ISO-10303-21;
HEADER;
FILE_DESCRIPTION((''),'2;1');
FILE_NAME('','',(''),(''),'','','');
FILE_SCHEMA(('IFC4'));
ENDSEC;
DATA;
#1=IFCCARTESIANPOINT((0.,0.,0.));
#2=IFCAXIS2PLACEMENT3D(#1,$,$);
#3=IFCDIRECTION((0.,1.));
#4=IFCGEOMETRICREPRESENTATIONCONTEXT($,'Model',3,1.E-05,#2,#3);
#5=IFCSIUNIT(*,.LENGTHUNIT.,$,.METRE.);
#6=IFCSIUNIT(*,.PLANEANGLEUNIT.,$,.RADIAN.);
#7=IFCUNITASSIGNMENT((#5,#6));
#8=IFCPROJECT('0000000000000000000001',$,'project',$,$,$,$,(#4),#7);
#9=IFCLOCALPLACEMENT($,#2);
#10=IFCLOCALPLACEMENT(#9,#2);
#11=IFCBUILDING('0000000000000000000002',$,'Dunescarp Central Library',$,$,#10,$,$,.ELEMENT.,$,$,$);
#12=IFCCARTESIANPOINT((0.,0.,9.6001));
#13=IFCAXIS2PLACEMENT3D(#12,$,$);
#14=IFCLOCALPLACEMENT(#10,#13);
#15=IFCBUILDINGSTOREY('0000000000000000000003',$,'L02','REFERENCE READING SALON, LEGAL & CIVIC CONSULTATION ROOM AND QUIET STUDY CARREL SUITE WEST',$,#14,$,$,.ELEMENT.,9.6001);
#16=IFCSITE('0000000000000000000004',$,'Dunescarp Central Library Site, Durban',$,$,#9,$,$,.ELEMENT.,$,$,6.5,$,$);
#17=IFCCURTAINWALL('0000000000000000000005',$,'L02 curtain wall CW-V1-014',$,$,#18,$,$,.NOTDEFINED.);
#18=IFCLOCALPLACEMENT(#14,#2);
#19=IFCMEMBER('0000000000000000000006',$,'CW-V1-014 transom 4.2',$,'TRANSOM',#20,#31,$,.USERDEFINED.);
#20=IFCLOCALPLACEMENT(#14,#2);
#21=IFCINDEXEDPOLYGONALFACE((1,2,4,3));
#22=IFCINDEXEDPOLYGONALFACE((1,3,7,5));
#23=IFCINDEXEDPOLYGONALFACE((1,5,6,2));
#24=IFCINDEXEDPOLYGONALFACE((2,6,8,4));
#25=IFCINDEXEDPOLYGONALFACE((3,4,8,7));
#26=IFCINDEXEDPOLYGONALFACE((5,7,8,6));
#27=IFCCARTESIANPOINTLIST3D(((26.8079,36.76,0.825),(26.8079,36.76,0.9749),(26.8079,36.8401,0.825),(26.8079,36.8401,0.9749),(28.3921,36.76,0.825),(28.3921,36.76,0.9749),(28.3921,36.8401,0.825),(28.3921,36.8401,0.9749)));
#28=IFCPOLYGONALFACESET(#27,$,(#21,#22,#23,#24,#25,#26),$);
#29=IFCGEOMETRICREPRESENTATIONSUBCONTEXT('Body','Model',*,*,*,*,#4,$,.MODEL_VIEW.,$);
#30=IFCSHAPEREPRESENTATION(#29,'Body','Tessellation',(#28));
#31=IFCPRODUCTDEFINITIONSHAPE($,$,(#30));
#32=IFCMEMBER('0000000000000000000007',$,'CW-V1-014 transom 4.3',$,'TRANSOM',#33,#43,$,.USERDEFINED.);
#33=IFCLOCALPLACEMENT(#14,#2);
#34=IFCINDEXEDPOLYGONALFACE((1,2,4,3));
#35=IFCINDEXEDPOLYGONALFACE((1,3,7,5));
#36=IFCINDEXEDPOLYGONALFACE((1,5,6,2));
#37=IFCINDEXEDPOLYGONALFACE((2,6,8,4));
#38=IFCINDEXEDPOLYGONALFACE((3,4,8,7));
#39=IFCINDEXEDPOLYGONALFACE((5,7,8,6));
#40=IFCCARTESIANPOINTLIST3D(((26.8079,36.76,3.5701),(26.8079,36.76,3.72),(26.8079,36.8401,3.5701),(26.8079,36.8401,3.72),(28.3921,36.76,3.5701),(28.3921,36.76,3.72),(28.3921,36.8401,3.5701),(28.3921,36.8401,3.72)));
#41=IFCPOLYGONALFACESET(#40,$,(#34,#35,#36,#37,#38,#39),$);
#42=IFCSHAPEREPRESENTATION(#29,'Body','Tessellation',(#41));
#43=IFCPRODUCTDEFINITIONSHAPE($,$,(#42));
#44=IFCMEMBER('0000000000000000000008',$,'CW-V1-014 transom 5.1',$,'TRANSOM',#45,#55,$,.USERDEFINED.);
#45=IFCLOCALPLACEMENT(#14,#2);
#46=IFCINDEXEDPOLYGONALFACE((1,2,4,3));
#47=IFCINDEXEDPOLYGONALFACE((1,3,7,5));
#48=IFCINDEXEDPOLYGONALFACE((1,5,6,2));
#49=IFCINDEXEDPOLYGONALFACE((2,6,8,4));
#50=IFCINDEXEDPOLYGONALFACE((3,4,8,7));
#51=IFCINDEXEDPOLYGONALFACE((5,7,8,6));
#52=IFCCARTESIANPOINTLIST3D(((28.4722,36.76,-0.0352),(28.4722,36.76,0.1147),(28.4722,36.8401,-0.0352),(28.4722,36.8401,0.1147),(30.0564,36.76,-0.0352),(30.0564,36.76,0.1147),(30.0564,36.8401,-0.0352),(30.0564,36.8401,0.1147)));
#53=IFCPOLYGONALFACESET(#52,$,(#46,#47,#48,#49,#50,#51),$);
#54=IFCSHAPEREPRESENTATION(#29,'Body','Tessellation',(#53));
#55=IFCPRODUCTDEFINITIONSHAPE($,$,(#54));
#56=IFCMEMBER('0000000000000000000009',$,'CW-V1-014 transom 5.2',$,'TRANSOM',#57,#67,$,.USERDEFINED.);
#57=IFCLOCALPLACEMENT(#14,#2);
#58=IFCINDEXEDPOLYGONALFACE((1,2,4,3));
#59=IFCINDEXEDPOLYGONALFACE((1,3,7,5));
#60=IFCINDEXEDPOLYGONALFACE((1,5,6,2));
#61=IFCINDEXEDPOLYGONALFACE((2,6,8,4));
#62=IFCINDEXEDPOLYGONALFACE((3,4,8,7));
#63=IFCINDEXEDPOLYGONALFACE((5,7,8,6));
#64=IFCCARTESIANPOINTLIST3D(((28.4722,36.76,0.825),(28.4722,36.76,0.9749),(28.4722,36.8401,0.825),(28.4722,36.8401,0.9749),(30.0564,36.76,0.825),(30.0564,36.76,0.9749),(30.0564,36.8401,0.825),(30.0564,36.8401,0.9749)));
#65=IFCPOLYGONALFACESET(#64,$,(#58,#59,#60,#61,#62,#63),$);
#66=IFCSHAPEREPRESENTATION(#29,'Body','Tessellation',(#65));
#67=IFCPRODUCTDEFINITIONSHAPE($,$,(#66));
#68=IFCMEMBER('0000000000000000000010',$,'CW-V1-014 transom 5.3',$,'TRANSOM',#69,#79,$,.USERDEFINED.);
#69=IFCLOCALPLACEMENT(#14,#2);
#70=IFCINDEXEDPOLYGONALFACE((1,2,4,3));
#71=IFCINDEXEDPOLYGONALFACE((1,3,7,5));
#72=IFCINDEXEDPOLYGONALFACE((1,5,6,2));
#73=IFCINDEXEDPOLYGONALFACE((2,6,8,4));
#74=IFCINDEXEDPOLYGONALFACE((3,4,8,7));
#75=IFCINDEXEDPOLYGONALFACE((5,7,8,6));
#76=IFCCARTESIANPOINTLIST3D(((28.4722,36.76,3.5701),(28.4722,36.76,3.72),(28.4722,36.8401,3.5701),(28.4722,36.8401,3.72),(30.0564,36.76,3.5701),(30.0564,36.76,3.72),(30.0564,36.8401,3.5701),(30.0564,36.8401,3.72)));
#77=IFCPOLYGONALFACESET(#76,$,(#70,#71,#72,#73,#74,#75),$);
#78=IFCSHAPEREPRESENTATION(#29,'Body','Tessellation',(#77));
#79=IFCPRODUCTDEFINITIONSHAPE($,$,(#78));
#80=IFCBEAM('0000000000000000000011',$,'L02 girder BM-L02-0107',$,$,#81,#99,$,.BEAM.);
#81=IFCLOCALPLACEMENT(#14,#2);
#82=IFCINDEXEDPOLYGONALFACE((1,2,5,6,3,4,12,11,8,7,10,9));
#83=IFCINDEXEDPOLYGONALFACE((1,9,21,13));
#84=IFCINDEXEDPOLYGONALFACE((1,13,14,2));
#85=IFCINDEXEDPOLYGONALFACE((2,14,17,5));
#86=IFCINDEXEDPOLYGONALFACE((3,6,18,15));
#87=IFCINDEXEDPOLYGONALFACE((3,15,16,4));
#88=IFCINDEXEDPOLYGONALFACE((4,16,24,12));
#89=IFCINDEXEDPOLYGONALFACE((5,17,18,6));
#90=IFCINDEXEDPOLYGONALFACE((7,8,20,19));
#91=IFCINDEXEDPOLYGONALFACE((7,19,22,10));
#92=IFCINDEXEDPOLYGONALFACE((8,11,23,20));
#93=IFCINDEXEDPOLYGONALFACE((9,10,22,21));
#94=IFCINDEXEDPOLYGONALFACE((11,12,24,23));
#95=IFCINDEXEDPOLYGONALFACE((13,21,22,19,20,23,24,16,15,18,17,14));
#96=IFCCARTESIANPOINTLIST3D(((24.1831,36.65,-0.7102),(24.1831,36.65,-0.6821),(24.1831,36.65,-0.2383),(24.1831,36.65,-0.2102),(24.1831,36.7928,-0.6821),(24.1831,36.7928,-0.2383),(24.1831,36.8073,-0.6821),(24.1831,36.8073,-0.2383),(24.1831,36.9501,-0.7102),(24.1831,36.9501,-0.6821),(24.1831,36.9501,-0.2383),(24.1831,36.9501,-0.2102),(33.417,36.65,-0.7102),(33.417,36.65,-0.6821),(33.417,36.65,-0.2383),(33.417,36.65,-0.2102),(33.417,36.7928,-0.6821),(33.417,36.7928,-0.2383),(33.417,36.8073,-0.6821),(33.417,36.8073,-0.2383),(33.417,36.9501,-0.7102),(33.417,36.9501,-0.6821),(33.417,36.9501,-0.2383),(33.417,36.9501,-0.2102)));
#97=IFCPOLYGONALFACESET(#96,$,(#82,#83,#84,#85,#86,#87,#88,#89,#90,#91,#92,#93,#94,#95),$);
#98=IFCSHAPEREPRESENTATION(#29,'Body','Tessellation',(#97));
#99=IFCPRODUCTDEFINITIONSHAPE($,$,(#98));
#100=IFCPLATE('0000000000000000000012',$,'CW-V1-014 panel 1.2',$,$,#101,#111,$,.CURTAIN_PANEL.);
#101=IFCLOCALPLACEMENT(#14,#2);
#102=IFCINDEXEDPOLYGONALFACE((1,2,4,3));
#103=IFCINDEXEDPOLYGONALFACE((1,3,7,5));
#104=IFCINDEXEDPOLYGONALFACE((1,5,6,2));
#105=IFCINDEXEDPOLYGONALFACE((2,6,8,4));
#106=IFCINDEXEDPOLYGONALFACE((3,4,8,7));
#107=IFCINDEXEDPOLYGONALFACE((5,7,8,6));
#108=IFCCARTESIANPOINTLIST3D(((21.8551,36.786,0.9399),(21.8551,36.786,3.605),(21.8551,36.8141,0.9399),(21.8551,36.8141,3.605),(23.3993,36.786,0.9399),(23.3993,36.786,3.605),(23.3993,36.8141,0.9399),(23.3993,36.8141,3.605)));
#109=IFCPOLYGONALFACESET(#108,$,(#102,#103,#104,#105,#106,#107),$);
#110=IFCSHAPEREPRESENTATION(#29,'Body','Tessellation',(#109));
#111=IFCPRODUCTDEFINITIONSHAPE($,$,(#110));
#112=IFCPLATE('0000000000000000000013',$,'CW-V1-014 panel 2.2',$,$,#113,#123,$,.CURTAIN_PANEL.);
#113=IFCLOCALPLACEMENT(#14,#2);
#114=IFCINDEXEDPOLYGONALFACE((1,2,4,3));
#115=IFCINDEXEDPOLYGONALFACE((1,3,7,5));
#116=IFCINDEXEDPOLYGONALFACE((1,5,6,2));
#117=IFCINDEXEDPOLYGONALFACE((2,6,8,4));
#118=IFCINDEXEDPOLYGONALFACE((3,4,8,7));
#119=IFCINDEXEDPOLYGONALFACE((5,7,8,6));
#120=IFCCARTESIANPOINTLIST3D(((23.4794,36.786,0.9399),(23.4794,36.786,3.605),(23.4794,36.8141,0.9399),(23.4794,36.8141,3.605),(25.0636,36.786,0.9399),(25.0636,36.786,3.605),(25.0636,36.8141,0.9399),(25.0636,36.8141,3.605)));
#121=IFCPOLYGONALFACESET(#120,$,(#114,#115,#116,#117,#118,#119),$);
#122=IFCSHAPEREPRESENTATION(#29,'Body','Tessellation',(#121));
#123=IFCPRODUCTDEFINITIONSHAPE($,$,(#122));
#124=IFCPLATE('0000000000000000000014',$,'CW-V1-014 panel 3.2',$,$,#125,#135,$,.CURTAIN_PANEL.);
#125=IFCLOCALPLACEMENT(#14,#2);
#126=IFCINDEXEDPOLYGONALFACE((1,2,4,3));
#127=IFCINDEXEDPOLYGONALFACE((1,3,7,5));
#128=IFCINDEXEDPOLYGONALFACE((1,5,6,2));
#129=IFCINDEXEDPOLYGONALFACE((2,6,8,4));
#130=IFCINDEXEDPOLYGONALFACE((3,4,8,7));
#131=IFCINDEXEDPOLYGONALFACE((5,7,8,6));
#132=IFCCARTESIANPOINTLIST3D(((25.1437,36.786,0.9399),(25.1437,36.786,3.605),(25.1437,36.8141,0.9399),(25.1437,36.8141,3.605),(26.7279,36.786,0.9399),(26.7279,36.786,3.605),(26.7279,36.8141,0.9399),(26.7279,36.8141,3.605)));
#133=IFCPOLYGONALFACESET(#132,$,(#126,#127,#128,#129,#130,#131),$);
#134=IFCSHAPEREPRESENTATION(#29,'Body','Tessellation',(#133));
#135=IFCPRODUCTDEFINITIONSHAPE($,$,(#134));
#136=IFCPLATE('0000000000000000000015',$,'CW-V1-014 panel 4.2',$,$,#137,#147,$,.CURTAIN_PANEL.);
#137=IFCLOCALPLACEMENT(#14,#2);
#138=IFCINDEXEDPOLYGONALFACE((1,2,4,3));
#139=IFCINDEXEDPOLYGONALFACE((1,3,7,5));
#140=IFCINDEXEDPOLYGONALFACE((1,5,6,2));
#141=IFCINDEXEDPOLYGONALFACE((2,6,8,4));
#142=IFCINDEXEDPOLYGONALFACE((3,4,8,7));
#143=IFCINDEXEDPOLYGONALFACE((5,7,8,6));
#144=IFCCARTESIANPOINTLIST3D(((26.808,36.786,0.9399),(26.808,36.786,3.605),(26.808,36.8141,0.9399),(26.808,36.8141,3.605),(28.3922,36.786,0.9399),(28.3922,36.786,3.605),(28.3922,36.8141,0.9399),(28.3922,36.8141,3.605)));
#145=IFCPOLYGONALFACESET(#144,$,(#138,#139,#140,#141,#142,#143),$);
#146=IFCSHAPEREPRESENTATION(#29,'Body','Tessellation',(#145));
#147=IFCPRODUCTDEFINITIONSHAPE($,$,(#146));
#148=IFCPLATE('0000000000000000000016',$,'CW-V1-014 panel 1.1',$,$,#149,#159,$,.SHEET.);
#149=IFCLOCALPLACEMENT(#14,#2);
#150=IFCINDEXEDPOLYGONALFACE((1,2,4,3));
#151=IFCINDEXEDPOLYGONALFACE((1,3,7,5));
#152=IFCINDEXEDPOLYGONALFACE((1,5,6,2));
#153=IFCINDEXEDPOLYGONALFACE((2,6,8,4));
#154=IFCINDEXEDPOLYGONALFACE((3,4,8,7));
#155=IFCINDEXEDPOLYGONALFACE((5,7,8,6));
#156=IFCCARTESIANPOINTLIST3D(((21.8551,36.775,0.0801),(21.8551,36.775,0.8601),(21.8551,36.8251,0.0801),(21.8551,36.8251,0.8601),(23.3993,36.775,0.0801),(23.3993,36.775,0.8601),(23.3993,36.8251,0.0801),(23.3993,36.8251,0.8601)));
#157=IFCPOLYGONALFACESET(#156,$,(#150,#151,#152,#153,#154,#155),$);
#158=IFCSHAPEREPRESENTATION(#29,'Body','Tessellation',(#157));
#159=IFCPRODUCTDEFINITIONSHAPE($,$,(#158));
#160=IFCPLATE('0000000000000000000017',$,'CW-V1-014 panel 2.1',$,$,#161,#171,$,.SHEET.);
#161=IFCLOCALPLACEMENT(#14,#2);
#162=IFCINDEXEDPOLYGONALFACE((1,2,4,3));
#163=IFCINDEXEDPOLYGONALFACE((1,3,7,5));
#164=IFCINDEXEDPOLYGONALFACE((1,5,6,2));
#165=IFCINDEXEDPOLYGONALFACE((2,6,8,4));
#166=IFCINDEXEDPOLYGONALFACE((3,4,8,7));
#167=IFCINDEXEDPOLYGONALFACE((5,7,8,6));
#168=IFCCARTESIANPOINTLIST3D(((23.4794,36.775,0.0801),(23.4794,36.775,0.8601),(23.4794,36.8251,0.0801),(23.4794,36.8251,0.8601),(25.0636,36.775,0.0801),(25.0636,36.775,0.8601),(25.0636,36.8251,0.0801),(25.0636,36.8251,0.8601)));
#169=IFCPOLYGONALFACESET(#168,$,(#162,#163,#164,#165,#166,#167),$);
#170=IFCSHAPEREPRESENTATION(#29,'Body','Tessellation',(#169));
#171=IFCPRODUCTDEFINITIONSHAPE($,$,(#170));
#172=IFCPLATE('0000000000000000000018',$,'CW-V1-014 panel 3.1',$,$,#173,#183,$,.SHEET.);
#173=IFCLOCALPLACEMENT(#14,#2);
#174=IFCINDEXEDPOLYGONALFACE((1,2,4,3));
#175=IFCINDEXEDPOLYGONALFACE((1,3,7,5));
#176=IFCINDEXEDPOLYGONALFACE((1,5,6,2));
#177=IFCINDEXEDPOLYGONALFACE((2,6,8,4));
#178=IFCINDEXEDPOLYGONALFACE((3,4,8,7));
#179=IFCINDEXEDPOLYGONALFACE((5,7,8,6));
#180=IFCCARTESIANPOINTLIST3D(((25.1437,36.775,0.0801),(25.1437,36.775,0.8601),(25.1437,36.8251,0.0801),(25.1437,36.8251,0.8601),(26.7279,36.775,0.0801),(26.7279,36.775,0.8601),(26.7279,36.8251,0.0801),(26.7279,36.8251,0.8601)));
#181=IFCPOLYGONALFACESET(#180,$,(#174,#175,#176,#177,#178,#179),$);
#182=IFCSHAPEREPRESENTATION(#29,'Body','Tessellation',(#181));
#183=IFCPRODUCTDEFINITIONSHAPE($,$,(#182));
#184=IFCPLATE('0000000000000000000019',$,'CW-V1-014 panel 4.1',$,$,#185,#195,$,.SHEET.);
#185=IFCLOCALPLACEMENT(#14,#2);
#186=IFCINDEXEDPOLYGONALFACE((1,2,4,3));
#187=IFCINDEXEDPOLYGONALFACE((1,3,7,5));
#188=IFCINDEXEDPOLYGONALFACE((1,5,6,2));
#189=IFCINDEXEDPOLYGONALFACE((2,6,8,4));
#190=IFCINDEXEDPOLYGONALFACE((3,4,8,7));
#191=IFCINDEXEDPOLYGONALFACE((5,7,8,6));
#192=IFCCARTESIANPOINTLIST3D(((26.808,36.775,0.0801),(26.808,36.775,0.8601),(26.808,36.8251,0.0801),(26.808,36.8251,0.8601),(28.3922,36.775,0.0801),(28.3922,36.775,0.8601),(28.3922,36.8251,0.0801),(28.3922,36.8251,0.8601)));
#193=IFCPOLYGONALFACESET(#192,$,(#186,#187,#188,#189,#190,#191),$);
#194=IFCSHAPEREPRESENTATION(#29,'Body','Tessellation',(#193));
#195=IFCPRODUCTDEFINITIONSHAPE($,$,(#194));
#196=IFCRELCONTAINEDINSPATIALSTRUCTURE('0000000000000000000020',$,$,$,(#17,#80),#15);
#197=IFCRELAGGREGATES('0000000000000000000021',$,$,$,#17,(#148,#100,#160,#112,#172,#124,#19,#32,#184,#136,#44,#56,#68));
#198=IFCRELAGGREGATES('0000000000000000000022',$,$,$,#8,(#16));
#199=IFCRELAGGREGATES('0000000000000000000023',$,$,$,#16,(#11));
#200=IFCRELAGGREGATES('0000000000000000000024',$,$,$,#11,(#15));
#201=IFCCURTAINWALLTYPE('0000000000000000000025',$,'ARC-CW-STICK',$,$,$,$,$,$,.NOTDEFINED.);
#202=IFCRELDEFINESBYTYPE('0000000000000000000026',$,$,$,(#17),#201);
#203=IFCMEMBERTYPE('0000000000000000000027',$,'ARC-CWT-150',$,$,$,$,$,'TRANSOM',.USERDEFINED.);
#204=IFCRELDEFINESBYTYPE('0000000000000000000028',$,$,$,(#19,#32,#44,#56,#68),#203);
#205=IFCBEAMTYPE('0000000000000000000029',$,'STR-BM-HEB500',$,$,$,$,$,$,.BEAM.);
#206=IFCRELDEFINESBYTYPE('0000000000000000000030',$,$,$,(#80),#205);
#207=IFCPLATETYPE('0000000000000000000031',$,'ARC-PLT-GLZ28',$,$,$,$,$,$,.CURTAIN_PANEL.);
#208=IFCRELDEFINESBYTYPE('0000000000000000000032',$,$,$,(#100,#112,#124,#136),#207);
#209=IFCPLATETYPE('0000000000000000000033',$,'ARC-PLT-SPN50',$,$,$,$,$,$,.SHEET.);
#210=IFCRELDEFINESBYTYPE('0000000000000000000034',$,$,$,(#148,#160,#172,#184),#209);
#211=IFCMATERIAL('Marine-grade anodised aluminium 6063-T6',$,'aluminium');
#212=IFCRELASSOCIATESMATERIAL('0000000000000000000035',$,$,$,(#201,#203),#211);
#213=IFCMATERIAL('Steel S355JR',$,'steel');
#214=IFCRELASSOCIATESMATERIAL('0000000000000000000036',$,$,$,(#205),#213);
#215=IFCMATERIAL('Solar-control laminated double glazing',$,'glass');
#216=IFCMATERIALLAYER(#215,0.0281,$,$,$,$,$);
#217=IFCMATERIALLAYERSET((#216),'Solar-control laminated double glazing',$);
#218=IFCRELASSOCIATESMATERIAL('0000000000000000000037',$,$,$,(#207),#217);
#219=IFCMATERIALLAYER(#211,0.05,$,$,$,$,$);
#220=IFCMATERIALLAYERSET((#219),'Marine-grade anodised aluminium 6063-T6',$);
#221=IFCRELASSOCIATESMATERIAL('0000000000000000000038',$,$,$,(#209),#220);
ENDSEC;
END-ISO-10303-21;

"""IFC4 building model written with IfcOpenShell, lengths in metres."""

from ifc_helpers import new_model, si_unit, direction, frame, origin, origin_2d, place, context, subcontext, project, spatial, rectangle, i_section, extrude, material, layer, layer_set, material_profile, profile_set, type_object, element, aggregate, save


model = new_model("IFC4")

# Units and contexts
model_context = context("Model", 3, precision=1e-05, world=origin(), true_north=direction((0.0, 1.0)))
body_context = subcontext(model_context, "Body", "Model", "MODEL_VIEW")
ifc_project = project(units=[si_unit("LENGTHUNIT", "METRE"), si_unit("PLANEANGLEUNIT", "RADIAN")], contexts=[model_context])

# Site, building, storey
site_placement = place(None, origin())
site = spatial("IfcSite", under=ifc_project, at=site_placement, Name="Dunescarp Central Library Site, Durban", CompositionType="ELEMENT", RefElevation=6.5)
building_placement = place(site_placement, origin())
building = spatial("IfcBuilding", under=site, at=building_placement, Name="Dunescarp Central Library", CompositionType="ELEMENT")
storey_placement = place(building_placement, frame((0.0, 0.0, 9.6001)))
storey = spatial("IfcBuildingStorey", under=building, at=storey_placement, Name="L02", Description="REFERENCE READING SALON, LEGAL & CIVIC CONSULTATION ROOM AND QUIET STUDY CARREL SUITE WEST", CompositionType="ELEMENT", Elevation=9.6001)

# Shared definitions
ifc_material_1 = material(Name="Steel S355JR", Category="steel")

# Curtain wall, members
ifc_material_2 = material(Name="Marine-grade anodised aluminium 6063-T6", Category="aluminium")
curtain_wall_type = type_object("IfcCurtainWallType", Name="ARC-CW-STICK", PredefinedType="NOTDEFINED", material=ifc_material_2)
curtain_wall_placement = place(storey_placement, origin())
curtain_wall = element("IfcCurtainWall", 1, at=curtain_wall_placement, inside=storey, type_object=curtain_wall_type, Name="L02 curtain wall CW-V1-014", PredefinedType="NOTDEFINED")
ifc_material_profile_1 = material_profile(ifc_material_2, rectangle(XDim=0.0801, YDim=0.1499, at=origin_2d()), Name="AL 80x150")
ifc_profile_set_1 = profile_set([ifc_material_profile_1], Name="Marine-grade anodised aluminium 6063-T6")
member_type_1 = type_object("IfcMemberType", Name="ARC-CWT-150", ElementType="TRANSOM", PredefinedType="USERDEFINED", material=ifc_profile_set_1)
member_1_placement = place(storey_placement, frame((26.8079, 36.8, 0.8999), z_axis=(1.0, 0.0, 0.0), x_axis=(0.0, 1.0, 0.0)))
member_1 = element("IfcMember", 2, at=member_1_placement, type_object=member_type_1, Name="CW-V1-014 transom 4.2", ObjectType="TRANSOM", PredefinedType="USERDEFINED", context=body_context, shape_type="SweptSolid", body=[
    extrude(rectangle(XDim=0.0801, YDim=0.1499, at=origin_2d()), origin(), (0.0, 0.0, 1.0), 1.5842),
])
member_2_placement = place(storey_placement, frame((26.8079, 36.8, 3.645), z_axis=(1.0, 0.0, 0.0), x_axis=(0.0, 1.0, 0.0)))
member_2 = element("IfcMember", 3, at=member_2_placement, type_object=member_type_1, Name="CW-V1-014 transom 4.3", ObjectType="TRANSOM", PredefinedType="USERDEFINED", context=body_context, shape_type="SweptSolid", body=[
    extrude(rectangle(XDim=0.0801, YDim=0.1499, at=origin_2d()), origin(), (0.0, 0.0, 1.0), 1.5842),
])
member_3_placement = place(storey_placement, frame((28.4722, 36.8, 0.0398), z_axis=(1.0, 0.0, 0.0), x_axis=(0.0, 1.0, 0.0)))
member_3 = element("IfcMember", 4, at=member_3_placement, type_object=member_type_1, Name="CW-V1-014 transom 5.1", ObjectType="TRANSOM", PredefinedType="USERDEFINED", context=body_context, shape_type="SweptSolid", body=[
    extrude(rectangle(XDim=0.0801, YDim=0.1499, at=origin_2d()), origin(), (0.0, 0.0, 1.0), 1.5842),
])
member_4_placement = place(storey_placement, frame((28.4722, 36.8, 0.8999), z_axis=(1.0, 0.0, 0.0), x_axis=(0.0, 1.0, 0.0)))
member_4 = element("IfcMember", 5, at=member_4_placement, type_object=member_type_1, Name="CW-V1-014 transom 5.2", ObjectType="TRANSOM", PredefinedType="USERDEFINED", context=body_context, shape_type="SweptSolid", body=[
    extrude(rectangle(XDim=0.0801, YDim=0.1499, at=origin_2d()), origin(), (0.0, 0.0, 1.0), 1.5842),
])
member_5_placement = place(storey_placement, frame((28.4722, 36.8, 3.645), z_axis=(1.0, 0.0, 0.0), x_axis=(0.0, 1.0, 0.0)))
member_5 = element("IfcMember", 6, at=member_5_placement, type_object=member_type_1, Name="CW-V1-014 transom 5.3", ObjectType="TRANSOM", PredefinedType="USERDEFINED", context=body_context, shape_type="SweptSolid", body=[
    extrude(rectangle(XDim=0.0801, YDim=0.1499, at=origin_2d()), origin(), (0.0, 0.0, 1.0), 1.5842),
])

# Beam
ifc_material_profile_2 = material_profile(ifc_material_1, i_section(OverallWidth=0.3, OverallDepth=0.5, WebThickness=0.0144, FlangeThickness=0.0281, at=origin_2d()), Name="HEB 500")
ifc_profile_set_2 = profile_set([ifc_material_profile_2], Name="Steel S355JR")
beam_type = type_object("IfcBeamType", Name="STR-BM-HEB500", PredefinedType="BEAM", material=ifc_profile_set_2)
beam_placement = place(storey_placement, frame((24.1831, 36.8, -0.4602), z_axis=(1.0, 0.0, 0.0), x_axis=(0.0, 1.0, 0.0)))
element("IfcBeam", 7, at=beam_placement, inside=storey, type_object=beam_type, Name="L02 girder BM-L02-0107", PredefinedType="BEAM", context=body_context, shape_type="SweptSolid", body=[
    extrude(i_section(OverallWidth=0.3, OverallDepth=0.5, WebThickness=0.0144, FlangeThickness=0.0281, at=origin_2d()), origin(), (0.0, 0.0, 1.0), 9.2339),
])

# Plates
ifc_material_3 = material(Name="Solar-control laminated double glazing", Category="glass")
ifc_layer_1 = layer(ifc_material_3, 0.0281)
ifc_layer_set_1 = layer_set([ifc_layer_1], Name="Solar-control laminated double glazing")
plate_type_1 = type_object("IfcPlateType", Name="ARC-PLT-GLZ28", PredefinedType="CURTAIN_PANEL", material=ifc_layer_set_1)
plate_1_placement = place(storey_placement, frame((22.6272, 36.8, 0.9399), z_axis=(0.0, 0.0, 1.0), x_axis=(1.0, 0.0, 0.0)))
plate_1 = element("IfcPlate", 8, at=plate_1_placement, type_object=plate_type_1, Name="CW-V1-014 panel 1.2", PredefinedType="CURTAIN_PANEL", context=body_context, shape_type="SweptSolid", body=[
    extrude(rectangle(XDim=1.5442, YDim=0.0281, at=origin_2d()), origin(), (0.0, 0.0, 1.0), 2.665),
])
plate_2_placement = place(storey_placement, frame((24.2715, 36.8, 0.9399), z_axis=(0.0, 0.0, 1.0), x_axis=(1.0, 0.0, 0.0)))
plate_2 = element("IfcPlate", 9, at=plate_2_placement, type_object=plate_type_1, Name="CW-V1-014 panel 2.2", PredefinedType="CURTAIN_PANEL", context=body_context, shape_type="SweptSolid", body=[
    extrude(rectangle(XDim=1.5842, YDim=0.0281, at=origin_2d()), origin(), (0.0, 0.0, 1.0), 2.665),
])
plate_3_placement = place(storey_placement, frame((25.9358, 36.8, 0.9399), z_axis=(0.0, 0.0, 1.0), x_axis=(1.0, 0.0, 0.0)))
plate_3 = element("IfcPlate", 10, at=plate_3_placement, type_object=plate_type_1, Name="CW-V1-014 panel 3.2", PredefinedType="CURTAIN_PANEL", context=body_context, shape_type="SweptSolid", body=[
    extrude(rectangle(XDim=1.5842, YDim=0.0281, at=origin_2d()), origin(), (0.0, 0.0, 1.0), 2.665),
])
plate_4_placement = place(storey_placement, frame((27.6001, 36.8, 0.9399), z_axis=(0.0, 0.0, 1.0), x_axis=(1.0, 0.0, 0.0)))
plate_4 = element("IfcPlate", 11, at=plate_4_placement, type_object=plate_type_1, Name="CW-V1-014 panel 4.2", PredefinedType="CURTAIN_PANEL", context=body_context, shape_type="SweptSolid", body=[
    extrude(rectangle(XDim=1.5842, YDim=0.0281, at=origin_2d()), origin(), (0.0, 0.0, 1.0), 2.665),
])
ifc_layer_2 = layer(ifc_material_2, 0.05)
ifc_layer_set_2 = layer_set([ifc_layer_2], Name="Marine-grade anodised aluminium 6063-T6")
plate_type_2 = type_object("IfcPlateType", Name="ARC-PLT-SPN50", PredefinedType="SHEET", material=ifc_layer_set_2)
plate_5_placement = place(storey_placement, frame((22.6272, 36.8, 0.0801), z_axis=(0.0, 0.0, 1.0), x_axis=(1.0, 0.0, 0.0)))
plate_5 = element("IfcPlate", 12, at=plate_5_placement, type_object=plate_type_2, Name="CW-V1-014 panel 1.1", PredefinedType="SHEET", context=body_context, shape_type="SweptSolid", body=[
    extrude(rectangle(XDim=1.5442, YDim=0.05, at=origin_2d()), origin(), (0.0, 0.0, 1.0), 0.78),
])
plate_6_placement = place(storey_placement, frame((24.2715, 36.8, 0.0801), z_axis=(0.0, 0.0, 1.0), x_axis=(1.0, 0.0, 0.0)))
plate_6 = element("IfcPlate", 13, at=plate_6_placement, type_object=plate_type_2, Name="CW-V1-014 panel 2.1", PredefinedType="SHEET", context=body_context, shape_type="SweptSolid", body=[
    extrude(rectangle(XDim=1.5842, YDim=0.05, at=origin_2d()), origin(), (0.0, 0.0, 1.0), 0.78),
])
plate_7_placement = place(storey_placement, frame((25.9358, 36.8, 0.0801), z_axis=(0.0, 0.0, 1.0), x_axis=(1.0, 0.0, 0.0)))
plate_7 = element("IfcPlate", 14, at=plate_7_placement, type_object=plate_type_2, Name="CW-V1-014 panel 3.1", PredefinedType="SHEET", context=body_context, shape_type="SweptSolid", body=[
    extrude(rectangle(XDim=1.5842, YDim=0.05, at=origin_2d()), origin(), (0.0, 0.0, 1.0), 0.78),
])
plate_8_placement = place(storey_placement, frame((27.6001, 36.8, 0.0801), z_axis=(0.0, 0.0, 1.0), x_axis=(1.0, 0.0, 0.0)))
plate_8 = element("IfcPlate", 15, at=plate_8_placement, type_object=plate_type_2, Name="CW-V1-014 panel 4.1", PredefinedType="SHEET", context=body_context, shape_type="SweptSolid", body=[
    extrude(rectangle(XDim=1.5842, YDim=0.05, at=origin_2d()), origin(), (0.0, 0.0, 1.0), 0.78),
])
aggregate(curtain_wall, [plate_5, plate_1, plate_6, plate_2, plate_7, plate_3, member_1, member_2, plate_8, plate_4, member_3, member_4, member_5])

save(model, "model.ifc")
